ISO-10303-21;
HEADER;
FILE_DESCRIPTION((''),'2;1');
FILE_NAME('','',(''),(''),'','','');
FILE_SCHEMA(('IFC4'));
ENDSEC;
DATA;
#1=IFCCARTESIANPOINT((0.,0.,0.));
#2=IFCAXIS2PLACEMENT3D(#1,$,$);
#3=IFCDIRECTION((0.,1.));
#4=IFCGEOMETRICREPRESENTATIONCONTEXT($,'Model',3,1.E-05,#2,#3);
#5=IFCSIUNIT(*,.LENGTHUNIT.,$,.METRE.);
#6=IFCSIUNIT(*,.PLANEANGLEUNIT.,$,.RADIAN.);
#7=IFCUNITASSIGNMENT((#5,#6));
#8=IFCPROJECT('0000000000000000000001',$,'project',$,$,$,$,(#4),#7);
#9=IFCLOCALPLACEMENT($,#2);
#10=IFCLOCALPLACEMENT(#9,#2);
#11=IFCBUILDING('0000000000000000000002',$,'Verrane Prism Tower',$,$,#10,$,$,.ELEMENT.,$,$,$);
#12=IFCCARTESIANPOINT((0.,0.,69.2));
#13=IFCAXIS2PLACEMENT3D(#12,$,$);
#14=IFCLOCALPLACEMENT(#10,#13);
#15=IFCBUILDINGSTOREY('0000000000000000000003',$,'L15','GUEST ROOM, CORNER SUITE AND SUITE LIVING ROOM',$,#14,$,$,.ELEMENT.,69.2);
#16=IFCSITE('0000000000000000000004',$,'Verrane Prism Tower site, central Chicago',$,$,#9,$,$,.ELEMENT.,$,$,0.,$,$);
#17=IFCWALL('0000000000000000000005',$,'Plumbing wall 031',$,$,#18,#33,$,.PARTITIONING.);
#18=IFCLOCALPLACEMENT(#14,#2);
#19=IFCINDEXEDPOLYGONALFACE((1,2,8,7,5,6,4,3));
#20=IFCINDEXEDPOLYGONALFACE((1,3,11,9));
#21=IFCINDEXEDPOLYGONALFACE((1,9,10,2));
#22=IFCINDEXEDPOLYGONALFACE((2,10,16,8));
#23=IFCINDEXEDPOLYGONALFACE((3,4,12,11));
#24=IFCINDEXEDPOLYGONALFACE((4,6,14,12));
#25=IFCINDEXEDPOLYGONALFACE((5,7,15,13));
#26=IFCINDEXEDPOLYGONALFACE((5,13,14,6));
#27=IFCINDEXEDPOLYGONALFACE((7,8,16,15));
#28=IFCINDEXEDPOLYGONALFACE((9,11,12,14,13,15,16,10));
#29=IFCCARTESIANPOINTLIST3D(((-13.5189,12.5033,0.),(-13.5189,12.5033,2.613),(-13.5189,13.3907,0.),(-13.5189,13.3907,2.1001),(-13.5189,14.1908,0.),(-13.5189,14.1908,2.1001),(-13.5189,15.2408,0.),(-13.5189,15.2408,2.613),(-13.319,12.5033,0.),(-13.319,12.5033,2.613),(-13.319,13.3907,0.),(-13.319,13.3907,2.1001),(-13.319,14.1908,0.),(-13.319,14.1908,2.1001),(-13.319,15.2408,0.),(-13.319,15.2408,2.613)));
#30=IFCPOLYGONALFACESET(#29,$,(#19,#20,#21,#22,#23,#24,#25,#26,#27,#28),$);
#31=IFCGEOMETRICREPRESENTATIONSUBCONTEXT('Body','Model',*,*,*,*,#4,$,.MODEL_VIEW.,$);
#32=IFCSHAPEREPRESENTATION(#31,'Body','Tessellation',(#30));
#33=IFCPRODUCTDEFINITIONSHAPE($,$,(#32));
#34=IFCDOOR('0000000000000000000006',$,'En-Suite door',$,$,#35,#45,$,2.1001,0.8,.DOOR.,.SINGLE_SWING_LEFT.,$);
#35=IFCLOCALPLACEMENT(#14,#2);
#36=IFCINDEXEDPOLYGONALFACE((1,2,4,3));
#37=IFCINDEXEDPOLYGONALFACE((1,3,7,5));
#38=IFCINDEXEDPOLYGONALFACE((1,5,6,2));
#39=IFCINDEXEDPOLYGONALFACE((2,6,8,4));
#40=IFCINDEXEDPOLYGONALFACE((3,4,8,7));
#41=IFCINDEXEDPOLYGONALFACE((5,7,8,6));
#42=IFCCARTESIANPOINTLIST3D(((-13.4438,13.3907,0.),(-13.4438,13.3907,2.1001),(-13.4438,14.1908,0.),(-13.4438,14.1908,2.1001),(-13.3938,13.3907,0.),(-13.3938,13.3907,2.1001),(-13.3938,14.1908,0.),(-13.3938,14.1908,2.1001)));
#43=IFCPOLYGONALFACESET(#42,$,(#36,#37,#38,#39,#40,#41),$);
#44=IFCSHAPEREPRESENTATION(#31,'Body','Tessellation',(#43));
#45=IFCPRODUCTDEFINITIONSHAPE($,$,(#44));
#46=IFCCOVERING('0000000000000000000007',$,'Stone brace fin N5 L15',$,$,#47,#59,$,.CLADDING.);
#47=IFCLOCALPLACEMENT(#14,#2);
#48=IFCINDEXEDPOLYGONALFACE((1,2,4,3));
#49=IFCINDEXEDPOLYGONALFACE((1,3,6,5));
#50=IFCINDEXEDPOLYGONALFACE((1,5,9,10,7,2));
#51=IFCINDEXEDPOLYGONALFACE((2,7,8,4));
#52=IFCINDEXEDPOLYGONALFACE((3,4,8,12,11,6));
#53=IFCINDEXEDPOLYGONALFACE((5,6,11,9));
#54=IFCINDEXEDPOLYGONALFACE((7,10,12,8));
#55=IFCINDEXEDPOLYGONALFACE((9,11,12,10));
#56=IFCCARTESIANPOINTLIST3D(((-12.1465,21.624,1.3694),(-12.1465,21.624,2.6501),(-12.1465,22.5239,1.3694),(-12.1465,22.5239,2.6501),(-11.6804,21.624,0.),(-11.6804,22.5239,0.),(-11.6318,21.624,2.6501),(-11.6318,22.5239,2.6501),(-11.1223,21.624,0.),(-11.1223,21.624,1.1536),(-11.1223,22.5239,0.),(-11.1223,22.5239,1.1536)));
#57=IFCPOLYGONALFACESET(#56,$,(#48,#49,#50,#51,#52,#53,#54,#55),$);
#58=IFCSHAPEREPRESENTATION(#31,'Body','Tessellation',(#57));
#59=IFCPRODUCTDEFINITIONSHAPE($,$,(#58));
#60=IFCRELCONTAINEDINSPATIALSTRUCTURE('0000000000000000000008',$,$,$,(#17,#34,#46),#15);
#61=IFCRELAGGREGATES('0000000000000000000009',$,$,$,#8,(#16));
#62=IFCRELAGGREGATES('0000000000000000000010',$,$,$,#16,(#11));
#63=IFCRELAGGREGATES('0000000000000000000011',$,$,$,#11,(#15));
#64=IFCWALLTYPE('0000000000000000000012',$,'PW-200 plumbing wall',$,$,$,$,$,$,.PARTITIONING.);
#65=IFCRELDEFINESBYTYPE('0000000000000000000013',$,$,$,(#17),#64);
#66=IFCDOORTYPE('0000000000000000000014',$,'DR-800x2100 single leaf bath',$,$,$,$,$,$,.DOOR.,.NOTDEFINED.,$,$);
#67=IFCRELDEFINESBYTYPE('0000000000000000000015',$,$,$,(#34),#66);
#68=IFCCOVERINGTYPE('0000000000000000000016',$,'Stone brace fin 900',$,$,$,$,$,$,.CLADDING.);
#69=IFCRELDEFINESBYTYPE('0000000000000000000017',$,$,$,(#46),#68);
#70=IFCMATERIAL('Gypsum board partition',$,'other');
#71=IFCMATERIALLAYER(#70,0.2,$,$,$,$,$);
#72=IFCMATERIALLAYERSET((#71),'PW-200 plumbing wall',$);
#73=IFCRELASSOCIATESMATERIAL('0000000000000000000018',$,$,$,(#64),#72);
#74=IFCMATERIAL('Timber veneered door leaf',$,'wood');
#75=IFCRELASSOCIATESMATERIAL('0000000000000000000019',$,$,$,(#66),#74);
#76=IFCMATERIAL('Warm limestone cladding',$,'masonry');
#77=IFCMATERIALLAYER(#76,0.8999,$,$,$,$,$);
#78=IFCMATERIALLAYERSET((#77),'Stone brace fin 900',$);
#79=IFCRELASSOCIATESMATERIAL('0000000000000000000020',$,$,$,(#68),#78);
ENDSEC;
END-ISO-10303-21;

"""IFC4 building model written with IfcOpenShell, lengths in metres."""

from ifc_helpers import new_model, si_unit, direction, frame, frame_2d, origin, place, context, subcontext, project, spatial, polyline, rectangle, outline, extrude, material, layer, layer_set, type_object, element, fill, save


model = new_model("IFC4")

# Units and contexts
model_context = context("Model", 3, precision=1e-05, world=origin(), true_north=direction((0.0, 1.0)))
body_context = subcontext(model_context, "Body", "Model", "MODEL_VIEW")
ifc_project = project(units=[si_unit("LENGTHUNIT", "METRE"), si_unit("PLANEANGLEUNIT", "RADIAN")], contexts=[model_context])

# Site, building, storey
site_placement = place(None, origin())
site = spatial("IfcSite", under=ifc_project, at=site_placement, Name="Verrane Prism Tower site, central Chicago", CompositionType="ELEMENT", RefElevation=0.0)
building_placement = place(site_placement, origin())
building = spatial("IfcBuilding", under=site, at=building_placement, Name="Verrane Prism Tower", CompositionType="ELEMENT")
storey_placement = place(building_placement, frame((0.0, 0.0, 69.2)))
storey = spatial("IfcBuildingStorey", under=building, at=storey_placement, Name="L15", Description="GUEST ROOM, CORNER SUITE AND SUITE LIVING ROOM", CompositionType="ELEMENT", Elevation=69.2)

# Shared definitions
ifc_material_1 = material(Name="Gypsum board partition", Category="other")
ifc_layer_1 = layer(ifc_material_1, 0.2)
ifc_layer_set_1 = layer_set([ifc_layer_1], Name="PW-200 plumbing wall")
wall_type_1 = type_object("IfcWallType", Name="PW-200 plumbing wall", PredefinedType="PARTITIONING", material=ifc_layer_set_1)

# Wall, opening, door
wall_1_placement = place(storey_placement, frame((-13.4189, 12.5034, 0.0), z_axis=(0.0, 0.0, 1.0), x_axis=(0.0, 1.0, 0.0)))
wall_1 = element("IfcWall", 1, at=wall_1_placement, inside=storey, type_object=wall_type_1, Name="Plumbing wall 031", PredefinedType="PARTITIONING", context=body_context, shape_type="SweptSolid", body=[
    extrude(rectangle(XDim=2.7375, YDim=0.2, at=frame_2d((1.3687, 0.0))), origin(), (0.0, 0.0, 1.0), 2.613),
])
opening_1_placement = place(wall_1_placement, frame((0.8875, 0.0, 0.0)))
opening_1 = element("IfcOpeningElement", 2, at=opening_1_placement, cuts=wall_1, PredefinedType="OPENING", context=body_context, shape_type="SweptSolid", body=[
    extrude(rectangle(XDim=0.8, YDim=2.1001, at=frame_2d((0.3999, 1.05))), frame((0.0, 0.1099, 0.0), z_axis=(0.0, -1.0, 0.0), x_axis=(1.0, 0.0, 0.0)), (0.0, 0.0, 1.0), 0.22),
])
ifc_material_2 = material(Name="Timber veneered door leaf", Category="wood")
door_type_1 = type_object("IfcDoorType", Name="DR-800x2100 single leaf bath", OperationType="NOTDEFINED", PredefinedType="DOOR", material=ifc_material_2)
door_1_placement = place(opening_1_placement, origin())
door_1 = element("IfcDoor", 3, at=door_1_placement, inside=storey, type_object=door_type_1, Name="En-Suite door", OperationType="SINGLE_SWING_LEFT", OverallHeight=2.1001, OverallWidth=0.8, PredefinedType="DOOR", context=body_context, shape_type="SweptSolid", body=[
    extrude(rectangle(XDim=0.8, YDim=2.1001, at=frame_2d((0.3999, 1.05))), frame((0.0, 0.0249, 0.0), z_axis=(0.0, -1.0, 0.0), x_axis=(1.0, 0.0, 0.0)), (0.0, 0.0, 1.0), 0.05),
])
fill(opening_1, door_1)

# Covering
ifc_material_3 = material(Name="Warm limestone cladding", Category="masonry")
ifc_layer_2 = layer(ifc_material_3, 0.8999)
ifc_layer_set_2 = layer_set([ifc_layer_2], Name="Stone brace fin 900")
covering_type = type_object("IfcCoveringType", Name="Stone brace fin 900", PredefinedType="CLADDING", material=ifc_layer_set_2)
covering_placement = place(storey_placement, frame((-11.1223, 22.074, 0.0), z_axis=(0.0, 0.0, 1.0), x_axis=(-1.0, 0.0, 0.0)))
element("IfcCovering", 4, at=covering_placement, inside=storey, type_object=covering_type, Name="Stone brace fin N5 L15", PredefinedType="CLADDING", context=body_context, shape_type="SweptSolid", body=[
    extrude(outline(polyline([(1.0242, 2.6501), (0.5095, 2.6501), (0.0, 1.1536), (0.0, 0.0), (0.5581, 0.0), (1.0242, 1.3694), (1.0242, 2.6501)])), frame((0.0, 0.45, 0.0), z_axis=(0.0, -1.0, 0.0), x_axis=(1.0, 0.0, 0.0)), (0.0, 0.0, 1.0), 0.8999),
])

save(model, "model.ifc")
